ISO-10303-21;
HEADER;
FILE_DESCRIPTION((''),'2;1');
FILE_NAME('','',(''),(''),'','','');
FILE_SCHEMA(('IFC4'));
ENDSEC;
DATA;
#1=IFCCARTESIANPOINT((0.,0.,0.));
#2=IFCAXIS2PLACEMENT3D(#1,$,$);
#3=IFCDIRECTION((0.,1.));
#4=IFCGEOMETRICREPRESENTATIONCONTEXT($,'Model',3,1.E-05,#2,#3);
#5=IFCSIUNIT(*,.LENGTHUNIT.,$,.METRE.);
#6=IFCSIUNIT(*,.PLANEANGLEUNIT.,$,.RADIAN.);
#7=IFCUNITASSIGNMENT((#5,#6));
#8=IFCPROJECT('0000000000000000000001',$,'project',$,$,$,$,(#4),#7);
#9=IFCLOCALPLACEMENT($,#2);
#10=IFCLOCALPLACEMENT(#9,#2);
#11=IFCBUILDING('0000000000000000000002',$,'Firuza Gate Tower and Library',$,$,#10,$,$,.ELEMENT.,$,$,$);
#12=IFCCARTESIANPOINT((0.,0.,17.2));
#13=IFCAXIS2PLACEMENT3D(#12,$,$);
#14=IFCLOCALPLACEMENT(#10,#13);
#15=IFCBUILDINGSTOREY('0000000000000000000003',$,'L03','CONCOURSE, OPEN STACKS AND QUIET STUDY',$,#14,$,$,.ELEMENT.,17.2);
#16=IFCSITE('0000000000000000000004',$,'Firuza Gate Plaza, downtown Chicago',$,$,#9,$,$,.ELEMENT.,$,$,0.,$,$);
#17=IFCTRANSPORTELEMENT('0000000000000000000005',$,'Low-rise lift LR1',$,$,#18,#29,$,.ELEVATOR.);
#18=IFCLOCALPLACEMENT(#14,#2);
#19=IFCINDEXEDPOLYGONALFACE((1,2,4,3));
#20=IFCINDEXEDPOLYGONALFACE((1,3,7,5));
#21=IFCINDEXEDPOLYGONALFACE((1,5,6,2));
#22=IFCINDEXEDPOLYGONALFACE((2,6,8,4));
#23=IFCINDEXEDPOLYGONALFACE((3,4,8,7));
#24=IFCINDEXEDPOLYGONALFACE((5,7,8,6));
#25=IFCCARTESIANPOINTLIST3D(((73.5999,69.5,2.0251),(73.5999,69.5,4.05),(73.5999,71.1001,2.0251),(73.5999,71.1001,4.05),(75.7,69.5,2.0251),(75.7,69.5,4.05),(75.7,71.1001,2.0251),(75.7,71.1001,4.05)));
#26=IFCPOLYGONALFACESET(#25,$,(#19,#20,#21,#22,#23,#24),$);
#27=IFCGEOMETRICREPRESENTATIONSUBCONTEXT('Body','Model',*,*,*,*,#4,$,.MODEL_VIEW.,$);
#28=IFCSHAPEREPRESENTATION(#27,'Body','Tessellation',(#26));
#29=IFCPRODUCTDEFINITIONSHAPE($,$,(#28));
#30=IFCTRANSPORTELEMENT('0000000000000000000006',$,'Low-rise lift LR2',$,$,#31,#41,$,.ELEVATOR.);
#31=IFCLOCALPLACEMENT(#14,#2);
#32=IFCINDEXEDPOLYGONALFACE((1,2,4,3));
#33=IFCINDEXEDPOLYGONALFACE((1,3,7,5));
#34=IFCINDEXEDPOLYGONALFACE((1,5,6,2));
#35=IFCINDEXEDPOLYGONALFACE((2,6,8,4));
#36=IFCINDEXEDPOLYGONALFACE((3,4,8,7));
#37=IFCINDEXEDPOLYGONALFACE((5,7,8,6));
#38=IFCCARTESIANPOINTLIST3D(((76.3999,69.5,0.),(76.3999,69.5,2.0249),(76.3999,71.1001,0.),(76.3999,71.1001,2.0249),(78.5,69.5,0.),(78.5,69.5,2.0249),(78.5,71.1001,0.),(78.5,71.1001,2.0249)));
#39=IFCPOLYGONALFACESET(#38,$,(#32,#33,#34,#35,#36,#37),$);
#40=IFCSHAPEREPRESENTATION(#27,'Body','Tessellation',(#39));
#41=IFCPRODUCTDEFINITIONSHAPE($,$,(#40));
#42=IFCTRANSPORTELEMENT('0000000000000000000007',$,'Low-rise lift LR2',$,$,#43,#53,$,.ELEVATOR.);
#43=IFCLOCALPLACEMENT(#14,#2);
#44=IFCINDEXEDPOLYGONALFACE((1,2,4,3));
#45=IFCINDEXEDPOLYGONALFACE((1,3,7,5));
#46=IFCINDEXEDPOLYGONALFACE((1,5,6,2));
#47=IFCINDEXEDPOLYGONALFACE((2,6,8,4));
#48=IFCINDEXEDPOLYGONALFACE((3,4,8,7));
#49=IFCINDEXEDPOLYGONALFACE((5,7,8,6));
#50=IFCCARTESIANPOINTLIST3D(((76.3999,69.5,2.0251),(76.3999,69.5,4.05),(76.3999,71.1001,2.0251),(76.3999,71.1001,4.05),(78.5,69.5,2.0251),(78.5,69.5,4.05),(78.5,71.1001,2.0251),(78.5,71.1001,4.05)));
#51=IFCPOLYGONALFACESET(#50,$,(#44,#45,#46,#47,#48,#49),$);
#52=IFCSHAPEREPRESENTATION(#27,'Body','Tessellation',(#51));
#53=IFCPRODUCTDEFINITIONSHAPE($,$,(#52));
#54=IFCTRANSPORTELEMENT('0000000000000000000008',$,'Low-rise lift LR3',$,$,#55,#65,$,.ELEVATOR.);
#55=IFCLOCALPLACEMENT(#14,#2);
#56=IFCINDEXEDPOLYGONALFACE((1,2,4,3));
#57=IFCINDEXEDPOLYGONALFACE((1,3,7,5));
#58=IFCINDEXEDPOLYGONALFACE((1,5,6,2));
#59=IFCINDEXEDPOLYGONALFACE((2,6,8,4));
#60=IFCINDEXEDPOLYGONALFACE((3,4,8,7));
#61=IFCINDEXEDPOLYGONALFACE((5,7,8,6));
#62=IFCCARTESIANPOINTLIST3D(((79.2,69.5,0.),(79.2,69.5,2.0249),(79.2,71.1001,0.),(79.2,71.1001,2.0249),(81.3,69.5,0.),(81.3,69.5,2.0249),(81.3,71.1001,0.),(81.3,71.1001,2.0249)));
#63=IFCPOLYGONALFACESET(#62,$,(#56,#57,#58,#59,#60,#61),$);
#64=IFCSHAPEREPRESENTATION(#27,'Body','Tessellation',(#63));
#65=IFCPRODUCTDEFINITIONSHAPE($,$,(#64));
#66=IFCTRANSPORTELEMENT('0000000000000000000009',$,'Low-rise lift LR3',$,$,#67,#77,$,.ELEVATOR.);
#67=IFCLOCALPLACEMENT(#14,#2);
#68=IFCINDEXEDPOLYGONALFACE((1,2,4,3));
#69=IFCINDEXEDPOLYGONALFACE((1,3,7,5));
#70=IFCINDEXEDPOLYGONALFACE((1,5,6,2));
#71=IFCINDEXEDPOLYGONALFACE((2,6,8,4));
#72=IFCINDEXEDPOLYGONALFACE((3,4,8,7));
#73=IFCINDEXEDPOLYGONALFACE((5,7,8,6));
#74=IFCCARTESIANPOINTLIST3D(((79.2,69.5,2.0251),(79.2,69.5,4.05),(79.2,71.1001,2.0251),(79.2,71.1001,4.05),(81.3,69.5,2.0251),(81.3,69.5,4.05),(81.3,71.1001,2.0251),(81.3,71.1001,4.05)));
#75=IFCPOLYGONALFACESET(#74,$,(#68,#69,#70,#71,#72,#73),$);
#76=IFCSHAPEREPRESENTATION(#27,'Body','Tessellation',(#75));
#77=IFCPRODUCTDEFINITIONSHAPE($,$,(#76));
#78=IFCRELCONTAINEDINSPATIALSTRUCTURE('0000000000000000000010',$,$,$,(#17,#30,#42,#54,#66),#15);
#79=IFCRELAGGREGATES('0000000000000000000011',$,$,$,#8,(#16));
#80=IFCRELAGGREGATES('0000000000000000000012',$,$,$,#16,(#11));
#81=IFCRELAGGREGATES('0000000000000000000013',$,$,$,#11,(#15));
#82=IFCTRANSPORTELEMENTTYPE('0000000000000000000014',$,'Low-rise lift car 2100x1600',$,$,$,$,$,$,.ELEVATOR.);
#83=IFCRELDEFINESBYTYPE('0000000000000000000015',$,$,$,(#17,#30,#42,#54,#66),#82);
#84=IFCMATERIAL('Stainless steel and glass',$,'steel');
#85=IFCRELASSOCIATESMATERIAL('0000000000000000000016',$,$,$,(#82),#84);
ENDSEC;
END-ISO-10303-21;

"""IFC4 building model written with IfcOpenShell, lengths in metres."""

from ifc_helpers import new_model, si_unit, direction, frame, origin, origin_2d, place, context, subcontext, project, spatial, rectangle, extrude, material, type_object, element, save


model = new_model("IFC4")

# Units and contexts
model_context = context("Model", 3, precision=1e-05, world=origin(), true_north=direction((0.0, 1.0)))
body_context = subcontext(model_context, "Body", "Model", "MODEL_VIEW")
ifc_project = project(units=[si_unit("LENGTHUNIT", "METRE"), si_unit("PLANEANGLEUNIT", "RADIAN")], contexts=[model_context])

# Site, building, storey
site_placement = place(None, origin())
site = spatial("IfcSite", under=ifc_project, at=site_placement, Name="Firuza Gate Plaza, downtown Chicago", CompositionType="ELEMENT", RefElevation=0.0)
building_placement = place(site_placement, origin())
building = spatial("IfcBuilding", under=site, at=building_placement, Name="Firuza Gate Tower and Library", CompositionType="ELEMENT")
storey_placement = place(building_placement, frame((0.0, 0.0, 17.2)))
storey = spatial("IfcBuildingStorey", under=building, at=storey_placement, Name="L03", Description="CONCOURSE, OPEN STACKS AND QUIET STUDY", CompositionType="ELEMENT", Elevation=17.2)

# Transport elements
ifc_material_1 = material(Name="Stainless steel and glass", Category="steel")
transport_element_type = type_object("IfcTransportElementType", Name="Low-rise lift car 2100x1600", PredefinedType="ELEVATOR", material=ifc_material_1)
for number, where, z_axis, x_axis, name in (
    (1, (74.6499, 70.3, 2.0251), (0.0, 0.0, 1.0), (1.0, 0.0, 0.0), "Low-rise lift LR1"),
    (2, (77.45, 70.3, 0.0), (0.0, 0.0, 1.0), (1.0, 0.0, 0.0), "Low-rise lift LR2"),
    (3, (77.45, 70.3, 2.0251), (0.0, 0.0, 1.0), (1.0, 0.0, 0.0), "Low-rise lift LR2"),
    (4, (80.25, 70.3, 0.0), (0.0, 0.0, 1.0), (1.0, 0.0, 0.0), "Low-rise lift LR3"),
    (5, (80.25, 70.3, 2.0251), (0.0, 0.0, 1.0), (1.0, 0.0, 0.0), "Low-rise lift LR3"),
):
    element("IfcTransportElement", number, at=place(storey_placement, frame(where, z_axis=z_axis, x_axis=x_axis)), inside=storey, type_object=transport_element_type, Name=name, PredefinedType="ELEVATOR", context=body_context, shape_type="SweptSolid", body=[
        extrude(rectangle(XDim=2.1001, YDim=1.6001, at=origin_2d()), origin(), (0.0, 0.0, 1.0), 2.0249),
    ])

save(model, "model.ifc")
